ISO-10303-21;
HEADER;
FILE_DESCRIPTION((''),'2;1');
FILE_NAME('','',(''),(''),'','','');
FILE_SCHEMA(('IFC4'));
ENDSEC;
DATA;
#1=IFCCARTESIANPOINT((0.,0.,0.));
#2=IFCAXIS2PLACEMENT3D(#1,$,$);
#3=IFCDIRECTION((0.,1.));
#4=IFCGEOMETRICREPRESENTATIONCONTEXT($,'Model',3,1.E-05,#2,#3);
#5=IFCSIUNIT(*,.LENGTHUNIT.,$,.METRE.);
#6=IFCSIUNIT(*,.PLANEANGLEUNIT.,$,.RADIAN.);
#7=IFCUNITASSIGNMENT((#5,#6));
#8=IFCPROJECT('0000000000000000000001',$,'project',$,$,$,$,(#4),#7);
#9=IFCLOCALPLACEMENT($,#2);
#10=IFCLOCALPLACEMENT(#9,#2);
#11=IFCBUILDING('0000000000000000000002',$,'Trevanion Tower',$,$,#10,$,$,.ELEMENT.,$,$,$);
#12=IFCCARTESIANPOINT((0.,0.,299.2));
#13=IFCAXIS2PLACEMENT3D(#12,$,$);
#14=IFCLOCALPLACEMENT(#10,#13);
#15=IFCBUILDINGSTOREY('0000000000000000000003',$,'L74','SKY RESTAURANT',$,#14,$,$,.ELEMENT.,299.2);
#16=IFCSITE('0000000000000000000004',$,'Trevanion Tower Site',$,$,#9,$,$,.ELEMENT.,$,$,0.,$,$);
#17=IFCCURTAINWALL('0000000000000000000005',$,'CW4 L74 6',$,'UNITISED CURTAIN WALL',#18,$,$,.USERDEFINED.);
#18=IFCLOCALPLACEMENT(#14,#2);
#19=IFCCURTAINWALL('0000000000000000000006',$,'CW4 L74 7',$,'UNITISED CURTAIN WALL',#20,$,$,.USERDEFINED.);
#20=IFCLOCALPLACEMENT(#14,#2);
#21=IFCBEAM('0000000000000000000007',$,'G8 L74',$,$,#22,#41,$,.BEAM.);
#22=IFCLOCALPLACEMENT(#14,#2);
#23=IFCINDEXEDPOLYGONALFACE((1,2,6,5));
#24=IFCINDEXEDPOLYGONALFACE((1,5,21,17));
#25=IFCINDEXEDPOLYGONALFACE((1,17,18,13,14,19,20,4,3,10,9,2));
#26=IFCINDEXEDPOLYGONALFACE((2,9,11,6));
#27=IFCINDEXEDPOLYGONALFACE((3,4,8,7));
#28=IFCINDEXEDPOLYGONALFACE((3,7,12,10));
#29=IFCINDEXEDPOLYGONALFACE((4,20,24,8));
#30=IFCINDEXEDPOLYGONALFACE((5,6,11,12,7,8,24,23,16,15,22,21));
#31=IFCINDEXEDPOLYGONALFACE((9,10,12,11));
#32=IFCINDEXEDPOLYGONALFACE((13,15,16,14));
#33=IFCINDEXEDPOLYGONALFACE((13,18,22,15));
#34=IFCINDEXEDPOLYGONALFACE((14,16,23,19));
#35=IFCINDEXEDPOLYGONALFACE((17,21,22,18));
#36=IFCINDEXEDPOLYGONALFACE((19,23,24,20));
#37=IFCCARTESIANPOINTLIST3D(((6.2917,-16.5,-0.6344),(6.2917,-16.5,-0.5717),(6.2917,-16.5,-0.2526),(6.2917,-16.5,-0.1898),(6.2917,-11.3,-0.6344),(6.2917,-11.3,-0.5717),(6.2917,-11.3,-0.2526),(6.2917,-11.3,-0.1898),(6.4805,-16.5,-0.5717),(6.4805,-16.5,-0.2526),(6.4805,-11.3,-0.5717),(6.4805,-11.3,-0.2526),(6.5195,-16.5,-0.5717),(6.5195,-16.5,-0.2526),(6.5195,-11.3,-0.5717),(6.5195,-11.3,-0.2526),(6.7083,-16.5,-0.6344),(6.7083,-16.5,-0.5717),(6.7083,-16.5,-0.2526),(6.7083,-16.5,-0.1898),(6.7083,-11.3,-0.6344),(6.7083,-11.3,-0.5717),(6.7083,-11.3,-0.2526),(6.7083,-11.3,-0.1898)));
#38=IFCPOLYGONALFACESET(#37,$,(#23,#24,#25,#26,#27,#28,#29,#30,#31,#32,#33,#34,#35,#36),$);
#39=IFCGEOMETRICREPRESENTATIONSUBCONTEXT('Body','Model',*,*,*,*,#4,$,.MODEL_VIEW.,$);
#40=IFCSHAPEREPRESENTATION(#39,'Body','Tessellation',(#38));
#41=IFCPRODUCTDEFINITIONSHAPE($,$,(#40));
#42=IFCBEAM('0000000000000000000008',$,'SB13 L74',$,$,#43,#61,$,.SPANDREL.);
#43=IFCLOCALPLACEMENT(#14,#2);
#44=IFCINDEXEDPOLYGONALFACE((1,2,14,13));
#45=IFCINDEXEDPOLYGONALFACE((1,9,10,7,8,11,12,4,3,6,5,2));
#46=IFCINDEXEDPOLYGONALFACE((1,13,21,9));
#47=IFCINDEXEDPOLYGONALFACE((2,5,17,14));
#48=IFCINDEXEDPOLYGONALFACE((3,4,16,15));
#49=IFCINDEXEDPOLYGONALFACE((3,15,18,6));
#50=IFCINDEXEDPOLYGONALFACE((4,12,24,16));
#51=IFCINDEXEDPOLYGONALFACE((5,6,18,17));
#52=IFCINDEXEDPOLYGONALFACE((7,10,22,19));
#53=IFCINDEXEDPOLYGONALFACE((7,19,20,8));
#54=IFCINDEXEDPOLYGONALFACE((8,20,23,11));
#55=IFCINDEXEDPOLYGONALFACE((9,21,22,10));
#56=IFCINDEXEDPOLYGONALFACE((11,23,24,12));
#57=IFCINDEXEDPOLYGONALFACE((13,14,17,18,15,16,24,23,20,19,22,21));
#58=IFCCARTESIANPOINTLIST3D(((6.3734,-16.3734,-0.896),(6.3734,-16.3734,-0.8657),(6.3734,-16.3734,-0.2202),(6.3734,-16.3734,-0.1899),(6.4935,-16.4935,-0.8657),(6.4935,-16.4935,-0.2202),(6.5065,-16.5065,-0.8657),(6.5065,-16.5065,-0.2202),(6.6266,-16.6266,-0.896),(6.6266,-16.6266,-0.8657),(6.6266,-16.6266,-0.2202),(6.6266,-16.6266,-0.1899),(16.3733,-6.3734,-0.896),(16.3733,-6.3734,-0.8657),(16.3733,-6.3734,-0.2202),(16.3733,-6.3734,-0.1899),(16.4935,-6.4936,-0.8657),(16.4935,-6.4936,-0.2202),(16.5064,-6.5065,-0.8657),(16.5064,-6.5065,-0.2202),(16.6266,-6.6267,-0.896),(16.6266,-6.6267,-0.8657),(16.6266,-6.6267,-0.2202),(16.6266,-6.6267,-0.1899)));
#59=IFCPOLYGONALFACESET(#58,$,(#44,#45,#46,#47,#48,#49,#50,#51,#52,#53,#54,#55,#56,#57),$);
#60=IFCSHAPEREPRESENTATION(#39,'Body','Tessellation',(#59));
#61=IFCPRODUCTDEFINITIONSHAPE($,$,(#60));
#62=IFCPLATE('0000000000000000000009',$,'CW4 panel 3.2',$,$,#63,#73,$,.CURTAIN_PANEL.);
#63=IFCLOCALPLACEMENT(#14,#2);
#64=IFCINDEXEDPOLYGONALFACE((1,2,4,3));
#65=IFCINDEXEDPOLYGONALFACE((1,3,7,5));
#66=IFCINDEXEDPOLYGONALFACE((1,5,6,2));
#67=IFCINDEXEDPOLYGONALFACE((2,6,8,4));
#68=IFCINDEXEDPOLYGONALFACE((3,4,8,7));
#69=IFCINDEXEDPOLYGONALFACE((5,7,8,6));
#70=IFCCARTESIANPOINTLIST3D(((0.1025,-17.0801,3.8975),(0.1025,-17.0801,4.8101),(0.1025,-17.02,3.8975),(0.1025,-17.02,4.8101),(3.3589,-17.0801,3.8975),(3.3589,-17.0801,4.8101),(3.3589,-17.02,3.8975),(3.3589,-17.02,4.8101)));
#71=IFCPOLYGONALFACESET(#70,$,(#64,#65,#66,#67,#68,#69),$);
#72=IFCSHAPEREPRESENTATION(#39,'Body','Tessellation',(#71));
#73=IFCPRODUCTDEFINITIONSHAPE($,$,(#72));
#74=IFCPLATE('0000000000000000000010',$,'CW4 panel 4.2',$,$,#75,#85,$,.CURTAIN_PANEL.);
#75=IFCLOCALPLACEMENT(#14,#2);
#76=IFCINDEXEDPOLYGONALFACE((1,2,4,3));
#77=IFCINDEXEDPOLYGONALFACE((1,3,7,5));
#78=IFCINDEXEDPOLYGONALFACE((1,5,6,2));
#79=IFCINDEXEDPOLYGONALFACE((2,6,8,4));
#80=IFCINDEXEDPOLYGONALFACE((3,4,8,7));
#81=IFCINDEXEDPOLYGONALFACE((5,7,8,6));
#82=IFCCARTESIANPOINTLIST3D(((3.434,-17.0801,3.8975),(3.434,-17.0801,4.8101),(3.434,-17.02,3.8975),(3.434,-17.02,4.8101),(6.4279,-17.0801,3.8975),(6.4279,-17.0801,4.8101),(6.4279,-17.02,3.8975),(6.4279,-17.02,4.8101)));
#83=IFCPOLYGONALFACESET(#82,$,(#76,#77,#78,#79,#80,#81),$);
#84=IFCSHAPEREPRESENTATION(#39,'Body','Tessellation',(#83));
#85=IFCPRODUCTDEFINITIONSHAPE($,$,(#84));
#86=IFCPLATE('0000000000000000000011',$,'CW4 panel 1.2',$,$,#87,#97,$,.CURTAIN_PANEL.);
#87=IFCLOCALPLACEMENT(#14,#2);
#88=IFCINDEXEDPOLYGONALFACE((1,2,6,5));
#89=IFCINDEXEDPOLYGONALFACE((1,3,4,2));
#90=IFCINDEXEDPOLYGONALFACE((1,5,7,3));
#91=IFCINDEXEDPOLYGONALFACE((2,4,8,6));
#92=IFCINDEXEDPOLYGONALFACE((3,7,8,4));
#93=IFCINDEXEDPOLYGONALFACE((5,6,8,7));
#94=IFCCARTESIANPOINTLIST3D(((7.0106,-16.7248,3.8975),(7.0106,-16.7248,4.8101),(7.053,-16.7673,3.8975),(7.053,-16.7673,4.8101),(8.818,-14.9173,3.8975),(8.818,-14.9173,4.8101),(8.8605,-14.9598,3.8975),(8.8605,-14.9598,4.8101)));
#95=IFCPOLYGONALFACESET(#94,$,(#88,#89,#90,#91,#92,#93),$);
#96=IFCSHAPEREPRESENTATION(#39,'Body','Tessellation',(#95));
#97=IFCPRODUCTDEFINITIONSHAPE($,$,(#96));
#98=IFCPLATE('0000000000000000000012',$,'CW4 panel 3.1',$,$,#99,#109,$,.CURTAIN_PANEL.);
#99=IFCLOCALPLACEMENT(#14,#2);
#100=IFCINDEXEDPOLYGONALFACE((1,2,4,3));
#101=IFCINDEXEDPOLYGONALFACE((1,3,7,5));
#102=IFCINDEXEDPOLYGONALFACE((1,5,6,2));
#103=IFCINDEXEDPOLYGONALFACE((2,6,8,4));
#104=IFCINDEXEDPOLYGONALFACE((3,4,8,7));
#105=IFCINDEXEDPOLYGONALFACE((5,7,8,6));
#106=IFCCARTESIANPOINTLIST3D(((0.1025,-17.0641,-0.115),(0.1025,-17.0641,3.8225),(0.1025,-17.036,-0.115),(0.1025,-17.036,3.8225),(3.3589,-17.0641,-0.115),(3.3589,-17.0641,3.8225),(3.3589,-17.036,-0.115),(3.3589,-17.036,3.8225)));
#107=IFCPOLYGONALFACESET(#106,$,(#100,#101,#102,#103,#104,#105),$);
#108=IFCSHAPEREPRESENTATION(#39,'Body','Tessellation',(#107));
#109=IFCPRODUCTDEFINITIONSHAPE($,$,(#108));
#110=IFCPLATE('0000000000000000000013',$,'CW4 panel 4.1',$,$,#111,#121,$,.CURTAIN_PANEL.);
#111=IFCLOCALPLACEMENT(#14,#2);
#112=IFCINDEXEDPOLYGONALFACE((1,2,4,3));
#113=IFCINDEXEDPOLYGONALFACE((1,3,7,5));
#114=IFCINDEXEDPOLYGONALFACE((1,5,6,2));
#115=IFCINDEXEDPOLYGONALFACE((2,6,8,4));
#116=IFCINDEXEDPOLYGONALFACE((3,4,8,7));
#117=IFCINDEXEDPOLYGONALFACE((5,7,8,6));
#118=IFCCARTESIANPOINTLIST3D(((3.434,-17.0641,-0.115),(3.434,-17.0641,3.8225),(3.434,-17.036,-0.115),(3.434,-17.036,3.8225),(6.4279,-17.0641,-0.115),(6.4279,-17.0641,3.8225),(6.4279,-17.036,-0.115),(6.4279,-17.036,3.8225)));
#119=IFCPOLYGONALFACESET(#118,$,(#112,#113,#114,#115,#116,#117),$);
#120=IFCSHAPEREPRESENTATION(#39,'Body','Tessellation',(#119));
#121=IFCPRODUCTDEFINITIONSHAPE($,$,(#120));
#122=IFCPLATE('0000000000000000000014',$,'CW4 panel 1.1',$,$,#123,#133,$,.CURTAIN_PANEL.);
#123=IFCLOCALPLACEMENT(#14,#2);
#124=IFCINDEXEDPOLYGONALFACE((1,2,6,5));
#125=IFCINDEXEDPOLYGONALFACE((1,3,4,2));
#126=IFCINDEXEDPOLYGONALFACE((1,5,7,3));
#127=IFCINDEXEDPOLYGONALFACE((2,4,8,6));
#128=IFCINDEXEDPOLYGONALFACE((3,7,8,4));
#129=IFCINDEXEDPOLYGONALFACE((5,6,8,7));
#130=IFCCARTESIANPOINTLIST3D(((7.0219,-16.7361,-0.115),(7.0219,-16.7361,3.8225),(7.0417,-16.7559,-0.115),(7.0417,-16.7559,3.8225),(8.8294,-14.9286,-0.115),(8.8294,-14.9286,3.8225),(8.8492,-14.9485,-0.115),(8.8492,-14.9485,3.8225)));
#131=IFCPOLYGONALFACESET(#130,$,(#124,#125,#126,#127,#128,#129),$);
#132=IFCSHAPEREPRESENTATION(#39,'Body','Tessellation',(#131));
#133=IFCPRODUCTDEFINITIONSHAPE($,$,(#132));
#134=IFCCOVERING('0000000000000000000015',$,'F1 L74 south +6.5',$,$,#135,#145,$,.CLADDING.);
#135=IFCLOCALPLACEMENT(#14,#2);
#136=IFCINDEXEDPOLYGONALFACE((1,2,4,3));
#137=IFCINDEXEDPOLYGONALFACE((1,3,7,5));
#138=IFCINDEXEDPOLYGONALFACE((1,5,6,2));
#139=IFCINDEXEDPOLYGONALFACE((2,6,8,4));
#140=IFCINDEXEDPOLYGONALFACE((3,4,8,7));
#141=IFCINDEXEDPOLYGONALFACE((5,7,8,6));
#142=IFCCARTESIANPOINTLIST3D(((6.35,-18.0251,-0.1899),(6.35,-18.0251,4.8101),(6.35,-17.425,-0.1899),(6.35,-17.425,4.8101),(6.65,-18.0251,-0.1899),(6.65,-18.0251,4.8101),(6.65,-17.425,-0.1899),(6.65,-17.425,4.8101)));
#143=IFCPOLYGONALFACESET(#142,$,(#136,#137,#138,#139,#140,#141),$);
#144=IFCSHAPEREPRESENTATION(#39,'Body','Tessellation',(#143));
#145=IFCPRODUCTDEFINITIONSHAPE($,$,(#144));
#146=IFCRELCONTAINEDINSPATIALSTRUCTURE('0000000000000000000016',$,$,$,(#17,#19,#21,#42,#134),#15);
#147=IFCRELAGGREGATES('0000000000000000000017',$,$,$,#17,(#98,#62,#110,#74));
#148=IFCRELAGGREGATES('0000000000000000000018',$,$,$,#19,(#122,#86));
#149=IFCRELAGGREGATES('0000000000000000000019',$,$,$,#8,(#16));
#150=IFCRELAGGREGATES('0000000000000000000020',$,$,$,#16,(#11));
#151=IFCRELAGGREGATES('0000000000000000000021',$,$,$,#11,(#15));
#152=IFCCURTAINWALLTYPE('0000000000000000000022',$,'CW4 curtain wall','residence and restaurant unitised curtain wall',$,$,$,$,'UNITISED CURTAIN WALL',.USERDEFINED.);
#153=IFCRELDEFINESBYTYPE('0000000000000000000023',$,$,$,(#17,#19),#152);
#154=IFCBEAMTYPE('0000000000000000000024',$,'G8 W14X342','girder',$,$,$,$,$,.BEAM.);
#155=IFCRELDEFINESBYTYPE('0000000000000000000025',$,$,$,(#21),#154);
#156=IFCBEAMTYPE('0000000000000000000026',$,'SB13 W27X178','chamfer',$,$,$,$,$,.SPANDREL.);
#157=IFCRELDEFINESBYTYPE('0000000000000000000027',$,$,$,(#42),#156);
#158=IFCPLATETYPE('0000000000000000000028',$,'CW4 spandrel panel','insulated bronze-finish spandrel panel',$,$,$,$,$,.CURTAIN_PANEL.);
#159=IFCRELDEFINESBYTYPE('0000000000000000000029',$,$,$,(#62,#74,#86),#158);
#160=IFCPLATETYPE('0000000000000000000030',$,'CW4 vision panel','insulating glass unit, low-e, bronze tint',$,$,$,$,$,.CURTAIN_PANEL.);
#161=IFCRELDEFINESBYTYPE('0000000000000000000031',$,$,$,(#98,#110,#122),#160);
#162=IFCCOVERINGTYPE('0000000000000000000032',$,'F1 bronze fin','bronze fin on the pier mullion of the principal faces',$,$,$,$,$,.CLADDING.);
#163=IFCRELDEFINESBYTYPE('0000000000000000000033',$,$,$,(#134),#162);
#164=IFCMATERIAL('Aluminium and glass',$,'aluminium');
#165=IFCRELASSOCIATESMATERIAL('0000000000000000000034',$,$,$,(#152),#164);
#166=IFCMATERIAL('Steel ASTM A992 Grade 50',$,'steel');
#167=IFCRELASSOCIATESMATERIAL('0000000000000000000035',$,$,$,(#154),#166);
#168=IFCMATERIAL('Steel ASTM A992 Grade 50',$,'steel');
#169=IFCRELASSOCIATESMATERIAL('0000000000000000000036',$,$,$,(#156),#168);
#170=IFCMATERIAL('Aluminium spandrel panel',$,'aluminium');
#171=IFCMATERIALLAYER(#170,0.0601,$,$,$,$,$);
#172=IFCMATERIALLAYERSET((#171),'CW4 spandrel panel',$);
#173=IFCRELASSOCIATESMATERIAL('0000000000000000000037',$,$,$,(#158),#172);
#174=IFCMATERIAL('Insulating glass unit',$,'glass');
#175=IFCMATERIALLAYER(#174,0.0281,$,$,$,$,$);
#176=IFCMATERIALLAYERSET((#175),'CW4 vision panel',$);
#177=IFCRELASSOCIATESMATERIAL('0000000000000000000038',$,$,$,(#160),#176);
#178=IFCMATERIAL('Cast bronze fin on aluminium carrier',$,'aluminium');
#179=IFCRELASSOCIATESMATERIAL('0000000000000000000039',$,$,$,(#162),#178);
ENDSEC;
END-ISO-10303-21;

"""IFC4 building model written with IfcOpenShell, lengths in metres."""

from ifc_helpers import new_model, si_unit, direction, frame, origin, origin_2d, place, context, subcontext, project, spatial, rectangle, i_section, extrude, material, layer, layer_set, material_profile, profile_set, type_object, element, aggregate, save


model = new_model("IFC4")

# Units and contexts
model_context = context("Model", 3, precision=1e-05, world=origin(), true_north=direction((0.0, 1.0)))
body_context = subcontext(model_context, "Body", "Model", "MODEL_VIEW")
ifc_project = project(units=[si_unit("LENGTHUNIT", "METRE"), si_unit("PLANEANGLEUNIT", "RADIAN")], contexts=[model_context])

# Site, building, storey
site_placement = place(None, origin())
site = spatial("IfcSite", under=ifc_project, at=site_placement, Name="Trevanion Tower Site", CompositionType="ELEMENT", RefElevation=0.0)
building_placement = place(site_placement, origin())
building = spatial("IfcBuilding", under=site, at=building_placement, Name="Trevanion Tower", CompositionType="ELEMENT")
storey_placement = place(building_placement, frame((0.0, 0.0, 299.2)))
storey = spatial("IfcBuildingStorey", under=building, at=storey_placement, Name="L74", Description="SKY RESTAURANT", CompositionType="ELEMENT", Elevation=299.2)

# Curtain wall
ifc_material_1 = material(Name="Aluminium and glass", Category="aluminium")
curtain_wall_type = type_object("IfcCurtainWallType", Name="CW4 curtain wall", Description="residence and restaurant unitised curtain wall", ElementType="UNITISED CURTAIN WALL", PredefinedType="USERDEFINED", material=ifc_material_1)
curtain_wall_1_placement = place(storey_placement, origin())
curtain_wall_1 = element("IfcCurtainWall", 1, at=curtain_wall_1_placement, inside=storey, type_object=curtain_wall_type, Name="CW4 L74 6", ObjectType="UNITISED CURTAIN WALL", PredefinedType="USERDEFINED")

# Curtain wall
curtain_wall_2_placement = place(storey_placement, origin())
curtain_wall_2 = element("IfcCurtainWall", 2, at=curtain_wall_2_placement, inside=storey, type_object=curtain_wall_type, Name="CW4 L74 7", ObjectType="UNITISED CURTAIN WALL", PredefinedType="USERDEFINED")

# Beams
ifc_material_2 = material(Name="Steel ASTM A992 Grade 50", Category="steel")
ifc_material_profile_1 = material_profile(ifc_material_2, i_section(OverallWidth=0.4165, OverallDepth=0.4446, WebThickness=0.0391, FlangeThickness=0.0627, at=origin_2d()), Name="W14X342")
ifc_profile_set_1 = profile_set([ifc_material_profile_1], Name="Steel ASTM A992 Grade 50")
beam_type_1 = type_object("IfcBeamType", Name="G8 W14X342", Description="girder", PredefinedType="BEAM", material=ifc_profile_set_1)
beam_1_placement = place(storey_placement, frame((6.5, -11.3, -0.4121), z_axis=(0.0, -1.0, 0.0), x_axis=(1.0, 0.0, 0.0)))
element("IfcBeam", 3, at=beam_1_placement, inside=storey, type_object=beam_type_1, Name="G8 L74", PredefinedType="BEAM", context=body_context, shape_type="SweptSolid", body=[
    extrude(i_section(OverallWidth=0.4165, OverallDepth=0.4446, WebThickness=0.0391, FlangeThickness=0.0627, at=origin_2d()), origin(), (0.0, 0.0, 1.0), 5.2),
])
ifc_material_3 = material(Name="Steel ASTM A992 Grade 50", Category="steel")
ifc_material_profile_2 = material_profile(ifc_material_3, i_section(OverallWidth=0.3582, OverallDepth=0.7061, WebThickness=0.0183, FlangeThickness=0.0303, at=origin_2d()), Name="W27X178")
ifc_profile_set_2 = profile_set([ifc_material_profile_2], Name="Steel ASTM A992 Grade 50")
beam_type_2 = type_object("IfcBeamType", Name="SB13 W27X178", Description="chamfer", PredefinedType="SPANDREL", material=ifc_profile_set_2)
beam_2_placement = place(storey_placement, frame((6.5, -16.5, -0.543), z_axis=(0.707107, 0.707107, 0.0), x_axis=(-0.707107, 0.707107, 0.0)))
element("IfcBeam", 4, at=beam_2_placement, inside=storey, type_object=beam_type_2, Name="SB13 L74", PredefinedType="SPANDREL", context=body_context, shape_type="SweptSolid", body=[
    extrude(i_section(OverallWidth=0.3582, OverallDepth=0.7061, WebThickness=0.0183, FlangeThickness=0.0303, at=origin_2d()), origin(), (0.0, 0.0, 1.0), 14.1421),
])

# Plates
ifc_material_4 = material(Name="Aluminium spandrel panel", Category="aluminium")
ifc_layer_1 = layer(ifc_material_4, 0.0601)
ifc_layer_set_1 = layer_set([ifc_layer_1], Name="CW4 spandrel panel")
plate_type_1 = type_object("IfcPlateType", Name="CW4 spandrel panel", Description="insulated bronze-finish spandrel panel", PredefinedType="CURTAIN_PANEL", material=ifc_layer_set_1)
plate_1_placement = place(storey_placement, frame((1.7307, -17.05, 3.8975), z_axis=(0.0, 0.0, 1.0), x_axis=(1.0, 0.0, 0.0)))
plate_1 = element("IfcPlate", 5, at=plate_1_placement, type_object=plate_type_1, Name="CW4 panel 3.2", PredefinedType="CURTAIN_PANEL", context=body_context, shape_type="SweptSolid", body=[
    extrude(rectangle(XDim=3.2563, YDim=0.0601, at=origin_2d()), origin(), (0.0, 0.0, 1.0), 0.9126),
])
plate_2_placement = place(storey_placement, frame((4.9309, -17.05, 3.8975), z_axis=(0.0, 0.0, 1.0), x_axis=(1.0, 0.0, 0.0)))
plate_2 = element("IfcPlate", 6, at=plate_2_placement, type_object=plate_type_1, Name="CW4 panel 4.2", PredefinedType="CURTAIN_PANEL", context=body_context, shape_type="SweptSolid", body=[
    extrude(rectangle(XDim=2.9939, YDim=0.0601, at=origin_2d()), origin(), (0.0, 0.0, 1.0), 0.9126),
])
plate_3_placement = place(storey_placement, frame((7.9355, -15.8423, 3.8975), z_axis=(0.0, 0.0, 1.0), x_axis=(0.707107, 0.707107, 0.0)))
plate_3 = element("IfcPlate", 7, at=plate_3_placement, type_object=plate_type_1, Name="CW4 panel 1.2", PredefinedType="CURTAIN_PANEL", context=body_context, shape_type="SweptSolid", body=[
    extrude(rectangle(XDim=2.5562, YDim=0.0601, at=origin_2d()), origin(), (0.0, 0.0, 1.0), 0.9126),
])
ifc_material_5 = material(Name="Insulating glass unit", Category="glass")
ifc_layer_2 = layer(ifc_material_5, 0.0281)
ifc_layer_set_2 = layer_set([ifc_layer_2], Name="CW4 vision panel")
plate_type_2 = type_object("IfcPlateType", Name="CW4 vision panel", Description="insulating glass unit, low-e, bronze tint", PredefinedType="CURTAIN_PANEL", material=ifc_layer_set_2)
plate_4_placement = place(storey_placement, frame((1.7307, -17.05, -0.115), z_axis=(0.0, 0.0, 1.0), x_axis=(1.0, 0.0, 0.0)))
plate_4 = element("IfcPlate", 8, at=plate_4_placement, type_object=plate_type_2, Name="CW4 panel 3.1", PredefinedType="CURTAIN_PANEL", context=body_context, shape_type="SweptSolid", body=[
    extrude(rectangle(XDim=3.2563, YDim=0.0281, at=origin_2d()), origin(), (0.0, 0.0, 1.0), 3.9375),
])
plate_5_placement = place(storey_placement, frame((4.9309, -17.05, -0.115), z_axis=(0.0, 0.0, 1.0), x_axis=(1.0, 0.0, 0.0)))
plate_5 = element("IfcPlate", 9, at=plate_5_placement, type_object=plate_type_2, Name="CW4 panel 4.1", PredefinedType="CURTAIN_PANEL", context=body_context, shape_type="SweptSolid", body=[
    extrude(rectangle(XDim=2.9939, YDim=0.0281, at=origin_2d()), origin(), (0.0, 0.0, 1.0), 3.9375),
])
aggregate(curtain_wall_1, [plate_4, plate_1, plate_5, plate_2])
plate_6_placement = place(storey_placement, frame((7.9355, -15.8423, -0.115), z_axis=(0.0, 0.0, 1.0), x_axis=(0.707107, 0.707107, 0.0)))
plate_6 = element("IfcPlate", 10, at=plate_6_placement, type_object=plate_type_2, Name="CW4 panel 1.1", PredefinedType="CURTAIN_PANEL", context=body_context, shape_type="SweptSolid", body=[
    extrude(rectangle(XDim=2.5562, YDim=0.0281, at=origin_2d()), origin(), (0.0, 0.0, 1.0), 3.9375),
])
aggregate(curtain_wall_2, [plate_6, plate_3])

# Covering
ifc_material_6 = material(Name="Cast bronze fin on aluminium carrier", Category="aluminium")
covering_type = type_object("IfcCoveringType", Name="F1 bronze fin", Description="bronze fin on the pier mullion of the principal faces", PredefinedType="CLADDING", material=ifc_material_6)
covering_placement = place(storey_placement, frame((6.5, -17.7251, -0.1899), z_axis=(0.0, 0.0, 1.0), x_axis=(1.0, 0.0, 0.0)))
element("IfcCovering", 11, at=covering_placement, inside=storey, type_object=covering_type, Name="F1 L74 south +6.5", PredefinedType="CLADDING", context=body_context, shape_type="SweptSolid", body=[
    extrude(rectangle(XDim=0.3, YDim=0.6001, at=origin_2d()), origin(), (0.0, 0.0, 1.0), 5.0),
])

save(model, "model.ifc")
